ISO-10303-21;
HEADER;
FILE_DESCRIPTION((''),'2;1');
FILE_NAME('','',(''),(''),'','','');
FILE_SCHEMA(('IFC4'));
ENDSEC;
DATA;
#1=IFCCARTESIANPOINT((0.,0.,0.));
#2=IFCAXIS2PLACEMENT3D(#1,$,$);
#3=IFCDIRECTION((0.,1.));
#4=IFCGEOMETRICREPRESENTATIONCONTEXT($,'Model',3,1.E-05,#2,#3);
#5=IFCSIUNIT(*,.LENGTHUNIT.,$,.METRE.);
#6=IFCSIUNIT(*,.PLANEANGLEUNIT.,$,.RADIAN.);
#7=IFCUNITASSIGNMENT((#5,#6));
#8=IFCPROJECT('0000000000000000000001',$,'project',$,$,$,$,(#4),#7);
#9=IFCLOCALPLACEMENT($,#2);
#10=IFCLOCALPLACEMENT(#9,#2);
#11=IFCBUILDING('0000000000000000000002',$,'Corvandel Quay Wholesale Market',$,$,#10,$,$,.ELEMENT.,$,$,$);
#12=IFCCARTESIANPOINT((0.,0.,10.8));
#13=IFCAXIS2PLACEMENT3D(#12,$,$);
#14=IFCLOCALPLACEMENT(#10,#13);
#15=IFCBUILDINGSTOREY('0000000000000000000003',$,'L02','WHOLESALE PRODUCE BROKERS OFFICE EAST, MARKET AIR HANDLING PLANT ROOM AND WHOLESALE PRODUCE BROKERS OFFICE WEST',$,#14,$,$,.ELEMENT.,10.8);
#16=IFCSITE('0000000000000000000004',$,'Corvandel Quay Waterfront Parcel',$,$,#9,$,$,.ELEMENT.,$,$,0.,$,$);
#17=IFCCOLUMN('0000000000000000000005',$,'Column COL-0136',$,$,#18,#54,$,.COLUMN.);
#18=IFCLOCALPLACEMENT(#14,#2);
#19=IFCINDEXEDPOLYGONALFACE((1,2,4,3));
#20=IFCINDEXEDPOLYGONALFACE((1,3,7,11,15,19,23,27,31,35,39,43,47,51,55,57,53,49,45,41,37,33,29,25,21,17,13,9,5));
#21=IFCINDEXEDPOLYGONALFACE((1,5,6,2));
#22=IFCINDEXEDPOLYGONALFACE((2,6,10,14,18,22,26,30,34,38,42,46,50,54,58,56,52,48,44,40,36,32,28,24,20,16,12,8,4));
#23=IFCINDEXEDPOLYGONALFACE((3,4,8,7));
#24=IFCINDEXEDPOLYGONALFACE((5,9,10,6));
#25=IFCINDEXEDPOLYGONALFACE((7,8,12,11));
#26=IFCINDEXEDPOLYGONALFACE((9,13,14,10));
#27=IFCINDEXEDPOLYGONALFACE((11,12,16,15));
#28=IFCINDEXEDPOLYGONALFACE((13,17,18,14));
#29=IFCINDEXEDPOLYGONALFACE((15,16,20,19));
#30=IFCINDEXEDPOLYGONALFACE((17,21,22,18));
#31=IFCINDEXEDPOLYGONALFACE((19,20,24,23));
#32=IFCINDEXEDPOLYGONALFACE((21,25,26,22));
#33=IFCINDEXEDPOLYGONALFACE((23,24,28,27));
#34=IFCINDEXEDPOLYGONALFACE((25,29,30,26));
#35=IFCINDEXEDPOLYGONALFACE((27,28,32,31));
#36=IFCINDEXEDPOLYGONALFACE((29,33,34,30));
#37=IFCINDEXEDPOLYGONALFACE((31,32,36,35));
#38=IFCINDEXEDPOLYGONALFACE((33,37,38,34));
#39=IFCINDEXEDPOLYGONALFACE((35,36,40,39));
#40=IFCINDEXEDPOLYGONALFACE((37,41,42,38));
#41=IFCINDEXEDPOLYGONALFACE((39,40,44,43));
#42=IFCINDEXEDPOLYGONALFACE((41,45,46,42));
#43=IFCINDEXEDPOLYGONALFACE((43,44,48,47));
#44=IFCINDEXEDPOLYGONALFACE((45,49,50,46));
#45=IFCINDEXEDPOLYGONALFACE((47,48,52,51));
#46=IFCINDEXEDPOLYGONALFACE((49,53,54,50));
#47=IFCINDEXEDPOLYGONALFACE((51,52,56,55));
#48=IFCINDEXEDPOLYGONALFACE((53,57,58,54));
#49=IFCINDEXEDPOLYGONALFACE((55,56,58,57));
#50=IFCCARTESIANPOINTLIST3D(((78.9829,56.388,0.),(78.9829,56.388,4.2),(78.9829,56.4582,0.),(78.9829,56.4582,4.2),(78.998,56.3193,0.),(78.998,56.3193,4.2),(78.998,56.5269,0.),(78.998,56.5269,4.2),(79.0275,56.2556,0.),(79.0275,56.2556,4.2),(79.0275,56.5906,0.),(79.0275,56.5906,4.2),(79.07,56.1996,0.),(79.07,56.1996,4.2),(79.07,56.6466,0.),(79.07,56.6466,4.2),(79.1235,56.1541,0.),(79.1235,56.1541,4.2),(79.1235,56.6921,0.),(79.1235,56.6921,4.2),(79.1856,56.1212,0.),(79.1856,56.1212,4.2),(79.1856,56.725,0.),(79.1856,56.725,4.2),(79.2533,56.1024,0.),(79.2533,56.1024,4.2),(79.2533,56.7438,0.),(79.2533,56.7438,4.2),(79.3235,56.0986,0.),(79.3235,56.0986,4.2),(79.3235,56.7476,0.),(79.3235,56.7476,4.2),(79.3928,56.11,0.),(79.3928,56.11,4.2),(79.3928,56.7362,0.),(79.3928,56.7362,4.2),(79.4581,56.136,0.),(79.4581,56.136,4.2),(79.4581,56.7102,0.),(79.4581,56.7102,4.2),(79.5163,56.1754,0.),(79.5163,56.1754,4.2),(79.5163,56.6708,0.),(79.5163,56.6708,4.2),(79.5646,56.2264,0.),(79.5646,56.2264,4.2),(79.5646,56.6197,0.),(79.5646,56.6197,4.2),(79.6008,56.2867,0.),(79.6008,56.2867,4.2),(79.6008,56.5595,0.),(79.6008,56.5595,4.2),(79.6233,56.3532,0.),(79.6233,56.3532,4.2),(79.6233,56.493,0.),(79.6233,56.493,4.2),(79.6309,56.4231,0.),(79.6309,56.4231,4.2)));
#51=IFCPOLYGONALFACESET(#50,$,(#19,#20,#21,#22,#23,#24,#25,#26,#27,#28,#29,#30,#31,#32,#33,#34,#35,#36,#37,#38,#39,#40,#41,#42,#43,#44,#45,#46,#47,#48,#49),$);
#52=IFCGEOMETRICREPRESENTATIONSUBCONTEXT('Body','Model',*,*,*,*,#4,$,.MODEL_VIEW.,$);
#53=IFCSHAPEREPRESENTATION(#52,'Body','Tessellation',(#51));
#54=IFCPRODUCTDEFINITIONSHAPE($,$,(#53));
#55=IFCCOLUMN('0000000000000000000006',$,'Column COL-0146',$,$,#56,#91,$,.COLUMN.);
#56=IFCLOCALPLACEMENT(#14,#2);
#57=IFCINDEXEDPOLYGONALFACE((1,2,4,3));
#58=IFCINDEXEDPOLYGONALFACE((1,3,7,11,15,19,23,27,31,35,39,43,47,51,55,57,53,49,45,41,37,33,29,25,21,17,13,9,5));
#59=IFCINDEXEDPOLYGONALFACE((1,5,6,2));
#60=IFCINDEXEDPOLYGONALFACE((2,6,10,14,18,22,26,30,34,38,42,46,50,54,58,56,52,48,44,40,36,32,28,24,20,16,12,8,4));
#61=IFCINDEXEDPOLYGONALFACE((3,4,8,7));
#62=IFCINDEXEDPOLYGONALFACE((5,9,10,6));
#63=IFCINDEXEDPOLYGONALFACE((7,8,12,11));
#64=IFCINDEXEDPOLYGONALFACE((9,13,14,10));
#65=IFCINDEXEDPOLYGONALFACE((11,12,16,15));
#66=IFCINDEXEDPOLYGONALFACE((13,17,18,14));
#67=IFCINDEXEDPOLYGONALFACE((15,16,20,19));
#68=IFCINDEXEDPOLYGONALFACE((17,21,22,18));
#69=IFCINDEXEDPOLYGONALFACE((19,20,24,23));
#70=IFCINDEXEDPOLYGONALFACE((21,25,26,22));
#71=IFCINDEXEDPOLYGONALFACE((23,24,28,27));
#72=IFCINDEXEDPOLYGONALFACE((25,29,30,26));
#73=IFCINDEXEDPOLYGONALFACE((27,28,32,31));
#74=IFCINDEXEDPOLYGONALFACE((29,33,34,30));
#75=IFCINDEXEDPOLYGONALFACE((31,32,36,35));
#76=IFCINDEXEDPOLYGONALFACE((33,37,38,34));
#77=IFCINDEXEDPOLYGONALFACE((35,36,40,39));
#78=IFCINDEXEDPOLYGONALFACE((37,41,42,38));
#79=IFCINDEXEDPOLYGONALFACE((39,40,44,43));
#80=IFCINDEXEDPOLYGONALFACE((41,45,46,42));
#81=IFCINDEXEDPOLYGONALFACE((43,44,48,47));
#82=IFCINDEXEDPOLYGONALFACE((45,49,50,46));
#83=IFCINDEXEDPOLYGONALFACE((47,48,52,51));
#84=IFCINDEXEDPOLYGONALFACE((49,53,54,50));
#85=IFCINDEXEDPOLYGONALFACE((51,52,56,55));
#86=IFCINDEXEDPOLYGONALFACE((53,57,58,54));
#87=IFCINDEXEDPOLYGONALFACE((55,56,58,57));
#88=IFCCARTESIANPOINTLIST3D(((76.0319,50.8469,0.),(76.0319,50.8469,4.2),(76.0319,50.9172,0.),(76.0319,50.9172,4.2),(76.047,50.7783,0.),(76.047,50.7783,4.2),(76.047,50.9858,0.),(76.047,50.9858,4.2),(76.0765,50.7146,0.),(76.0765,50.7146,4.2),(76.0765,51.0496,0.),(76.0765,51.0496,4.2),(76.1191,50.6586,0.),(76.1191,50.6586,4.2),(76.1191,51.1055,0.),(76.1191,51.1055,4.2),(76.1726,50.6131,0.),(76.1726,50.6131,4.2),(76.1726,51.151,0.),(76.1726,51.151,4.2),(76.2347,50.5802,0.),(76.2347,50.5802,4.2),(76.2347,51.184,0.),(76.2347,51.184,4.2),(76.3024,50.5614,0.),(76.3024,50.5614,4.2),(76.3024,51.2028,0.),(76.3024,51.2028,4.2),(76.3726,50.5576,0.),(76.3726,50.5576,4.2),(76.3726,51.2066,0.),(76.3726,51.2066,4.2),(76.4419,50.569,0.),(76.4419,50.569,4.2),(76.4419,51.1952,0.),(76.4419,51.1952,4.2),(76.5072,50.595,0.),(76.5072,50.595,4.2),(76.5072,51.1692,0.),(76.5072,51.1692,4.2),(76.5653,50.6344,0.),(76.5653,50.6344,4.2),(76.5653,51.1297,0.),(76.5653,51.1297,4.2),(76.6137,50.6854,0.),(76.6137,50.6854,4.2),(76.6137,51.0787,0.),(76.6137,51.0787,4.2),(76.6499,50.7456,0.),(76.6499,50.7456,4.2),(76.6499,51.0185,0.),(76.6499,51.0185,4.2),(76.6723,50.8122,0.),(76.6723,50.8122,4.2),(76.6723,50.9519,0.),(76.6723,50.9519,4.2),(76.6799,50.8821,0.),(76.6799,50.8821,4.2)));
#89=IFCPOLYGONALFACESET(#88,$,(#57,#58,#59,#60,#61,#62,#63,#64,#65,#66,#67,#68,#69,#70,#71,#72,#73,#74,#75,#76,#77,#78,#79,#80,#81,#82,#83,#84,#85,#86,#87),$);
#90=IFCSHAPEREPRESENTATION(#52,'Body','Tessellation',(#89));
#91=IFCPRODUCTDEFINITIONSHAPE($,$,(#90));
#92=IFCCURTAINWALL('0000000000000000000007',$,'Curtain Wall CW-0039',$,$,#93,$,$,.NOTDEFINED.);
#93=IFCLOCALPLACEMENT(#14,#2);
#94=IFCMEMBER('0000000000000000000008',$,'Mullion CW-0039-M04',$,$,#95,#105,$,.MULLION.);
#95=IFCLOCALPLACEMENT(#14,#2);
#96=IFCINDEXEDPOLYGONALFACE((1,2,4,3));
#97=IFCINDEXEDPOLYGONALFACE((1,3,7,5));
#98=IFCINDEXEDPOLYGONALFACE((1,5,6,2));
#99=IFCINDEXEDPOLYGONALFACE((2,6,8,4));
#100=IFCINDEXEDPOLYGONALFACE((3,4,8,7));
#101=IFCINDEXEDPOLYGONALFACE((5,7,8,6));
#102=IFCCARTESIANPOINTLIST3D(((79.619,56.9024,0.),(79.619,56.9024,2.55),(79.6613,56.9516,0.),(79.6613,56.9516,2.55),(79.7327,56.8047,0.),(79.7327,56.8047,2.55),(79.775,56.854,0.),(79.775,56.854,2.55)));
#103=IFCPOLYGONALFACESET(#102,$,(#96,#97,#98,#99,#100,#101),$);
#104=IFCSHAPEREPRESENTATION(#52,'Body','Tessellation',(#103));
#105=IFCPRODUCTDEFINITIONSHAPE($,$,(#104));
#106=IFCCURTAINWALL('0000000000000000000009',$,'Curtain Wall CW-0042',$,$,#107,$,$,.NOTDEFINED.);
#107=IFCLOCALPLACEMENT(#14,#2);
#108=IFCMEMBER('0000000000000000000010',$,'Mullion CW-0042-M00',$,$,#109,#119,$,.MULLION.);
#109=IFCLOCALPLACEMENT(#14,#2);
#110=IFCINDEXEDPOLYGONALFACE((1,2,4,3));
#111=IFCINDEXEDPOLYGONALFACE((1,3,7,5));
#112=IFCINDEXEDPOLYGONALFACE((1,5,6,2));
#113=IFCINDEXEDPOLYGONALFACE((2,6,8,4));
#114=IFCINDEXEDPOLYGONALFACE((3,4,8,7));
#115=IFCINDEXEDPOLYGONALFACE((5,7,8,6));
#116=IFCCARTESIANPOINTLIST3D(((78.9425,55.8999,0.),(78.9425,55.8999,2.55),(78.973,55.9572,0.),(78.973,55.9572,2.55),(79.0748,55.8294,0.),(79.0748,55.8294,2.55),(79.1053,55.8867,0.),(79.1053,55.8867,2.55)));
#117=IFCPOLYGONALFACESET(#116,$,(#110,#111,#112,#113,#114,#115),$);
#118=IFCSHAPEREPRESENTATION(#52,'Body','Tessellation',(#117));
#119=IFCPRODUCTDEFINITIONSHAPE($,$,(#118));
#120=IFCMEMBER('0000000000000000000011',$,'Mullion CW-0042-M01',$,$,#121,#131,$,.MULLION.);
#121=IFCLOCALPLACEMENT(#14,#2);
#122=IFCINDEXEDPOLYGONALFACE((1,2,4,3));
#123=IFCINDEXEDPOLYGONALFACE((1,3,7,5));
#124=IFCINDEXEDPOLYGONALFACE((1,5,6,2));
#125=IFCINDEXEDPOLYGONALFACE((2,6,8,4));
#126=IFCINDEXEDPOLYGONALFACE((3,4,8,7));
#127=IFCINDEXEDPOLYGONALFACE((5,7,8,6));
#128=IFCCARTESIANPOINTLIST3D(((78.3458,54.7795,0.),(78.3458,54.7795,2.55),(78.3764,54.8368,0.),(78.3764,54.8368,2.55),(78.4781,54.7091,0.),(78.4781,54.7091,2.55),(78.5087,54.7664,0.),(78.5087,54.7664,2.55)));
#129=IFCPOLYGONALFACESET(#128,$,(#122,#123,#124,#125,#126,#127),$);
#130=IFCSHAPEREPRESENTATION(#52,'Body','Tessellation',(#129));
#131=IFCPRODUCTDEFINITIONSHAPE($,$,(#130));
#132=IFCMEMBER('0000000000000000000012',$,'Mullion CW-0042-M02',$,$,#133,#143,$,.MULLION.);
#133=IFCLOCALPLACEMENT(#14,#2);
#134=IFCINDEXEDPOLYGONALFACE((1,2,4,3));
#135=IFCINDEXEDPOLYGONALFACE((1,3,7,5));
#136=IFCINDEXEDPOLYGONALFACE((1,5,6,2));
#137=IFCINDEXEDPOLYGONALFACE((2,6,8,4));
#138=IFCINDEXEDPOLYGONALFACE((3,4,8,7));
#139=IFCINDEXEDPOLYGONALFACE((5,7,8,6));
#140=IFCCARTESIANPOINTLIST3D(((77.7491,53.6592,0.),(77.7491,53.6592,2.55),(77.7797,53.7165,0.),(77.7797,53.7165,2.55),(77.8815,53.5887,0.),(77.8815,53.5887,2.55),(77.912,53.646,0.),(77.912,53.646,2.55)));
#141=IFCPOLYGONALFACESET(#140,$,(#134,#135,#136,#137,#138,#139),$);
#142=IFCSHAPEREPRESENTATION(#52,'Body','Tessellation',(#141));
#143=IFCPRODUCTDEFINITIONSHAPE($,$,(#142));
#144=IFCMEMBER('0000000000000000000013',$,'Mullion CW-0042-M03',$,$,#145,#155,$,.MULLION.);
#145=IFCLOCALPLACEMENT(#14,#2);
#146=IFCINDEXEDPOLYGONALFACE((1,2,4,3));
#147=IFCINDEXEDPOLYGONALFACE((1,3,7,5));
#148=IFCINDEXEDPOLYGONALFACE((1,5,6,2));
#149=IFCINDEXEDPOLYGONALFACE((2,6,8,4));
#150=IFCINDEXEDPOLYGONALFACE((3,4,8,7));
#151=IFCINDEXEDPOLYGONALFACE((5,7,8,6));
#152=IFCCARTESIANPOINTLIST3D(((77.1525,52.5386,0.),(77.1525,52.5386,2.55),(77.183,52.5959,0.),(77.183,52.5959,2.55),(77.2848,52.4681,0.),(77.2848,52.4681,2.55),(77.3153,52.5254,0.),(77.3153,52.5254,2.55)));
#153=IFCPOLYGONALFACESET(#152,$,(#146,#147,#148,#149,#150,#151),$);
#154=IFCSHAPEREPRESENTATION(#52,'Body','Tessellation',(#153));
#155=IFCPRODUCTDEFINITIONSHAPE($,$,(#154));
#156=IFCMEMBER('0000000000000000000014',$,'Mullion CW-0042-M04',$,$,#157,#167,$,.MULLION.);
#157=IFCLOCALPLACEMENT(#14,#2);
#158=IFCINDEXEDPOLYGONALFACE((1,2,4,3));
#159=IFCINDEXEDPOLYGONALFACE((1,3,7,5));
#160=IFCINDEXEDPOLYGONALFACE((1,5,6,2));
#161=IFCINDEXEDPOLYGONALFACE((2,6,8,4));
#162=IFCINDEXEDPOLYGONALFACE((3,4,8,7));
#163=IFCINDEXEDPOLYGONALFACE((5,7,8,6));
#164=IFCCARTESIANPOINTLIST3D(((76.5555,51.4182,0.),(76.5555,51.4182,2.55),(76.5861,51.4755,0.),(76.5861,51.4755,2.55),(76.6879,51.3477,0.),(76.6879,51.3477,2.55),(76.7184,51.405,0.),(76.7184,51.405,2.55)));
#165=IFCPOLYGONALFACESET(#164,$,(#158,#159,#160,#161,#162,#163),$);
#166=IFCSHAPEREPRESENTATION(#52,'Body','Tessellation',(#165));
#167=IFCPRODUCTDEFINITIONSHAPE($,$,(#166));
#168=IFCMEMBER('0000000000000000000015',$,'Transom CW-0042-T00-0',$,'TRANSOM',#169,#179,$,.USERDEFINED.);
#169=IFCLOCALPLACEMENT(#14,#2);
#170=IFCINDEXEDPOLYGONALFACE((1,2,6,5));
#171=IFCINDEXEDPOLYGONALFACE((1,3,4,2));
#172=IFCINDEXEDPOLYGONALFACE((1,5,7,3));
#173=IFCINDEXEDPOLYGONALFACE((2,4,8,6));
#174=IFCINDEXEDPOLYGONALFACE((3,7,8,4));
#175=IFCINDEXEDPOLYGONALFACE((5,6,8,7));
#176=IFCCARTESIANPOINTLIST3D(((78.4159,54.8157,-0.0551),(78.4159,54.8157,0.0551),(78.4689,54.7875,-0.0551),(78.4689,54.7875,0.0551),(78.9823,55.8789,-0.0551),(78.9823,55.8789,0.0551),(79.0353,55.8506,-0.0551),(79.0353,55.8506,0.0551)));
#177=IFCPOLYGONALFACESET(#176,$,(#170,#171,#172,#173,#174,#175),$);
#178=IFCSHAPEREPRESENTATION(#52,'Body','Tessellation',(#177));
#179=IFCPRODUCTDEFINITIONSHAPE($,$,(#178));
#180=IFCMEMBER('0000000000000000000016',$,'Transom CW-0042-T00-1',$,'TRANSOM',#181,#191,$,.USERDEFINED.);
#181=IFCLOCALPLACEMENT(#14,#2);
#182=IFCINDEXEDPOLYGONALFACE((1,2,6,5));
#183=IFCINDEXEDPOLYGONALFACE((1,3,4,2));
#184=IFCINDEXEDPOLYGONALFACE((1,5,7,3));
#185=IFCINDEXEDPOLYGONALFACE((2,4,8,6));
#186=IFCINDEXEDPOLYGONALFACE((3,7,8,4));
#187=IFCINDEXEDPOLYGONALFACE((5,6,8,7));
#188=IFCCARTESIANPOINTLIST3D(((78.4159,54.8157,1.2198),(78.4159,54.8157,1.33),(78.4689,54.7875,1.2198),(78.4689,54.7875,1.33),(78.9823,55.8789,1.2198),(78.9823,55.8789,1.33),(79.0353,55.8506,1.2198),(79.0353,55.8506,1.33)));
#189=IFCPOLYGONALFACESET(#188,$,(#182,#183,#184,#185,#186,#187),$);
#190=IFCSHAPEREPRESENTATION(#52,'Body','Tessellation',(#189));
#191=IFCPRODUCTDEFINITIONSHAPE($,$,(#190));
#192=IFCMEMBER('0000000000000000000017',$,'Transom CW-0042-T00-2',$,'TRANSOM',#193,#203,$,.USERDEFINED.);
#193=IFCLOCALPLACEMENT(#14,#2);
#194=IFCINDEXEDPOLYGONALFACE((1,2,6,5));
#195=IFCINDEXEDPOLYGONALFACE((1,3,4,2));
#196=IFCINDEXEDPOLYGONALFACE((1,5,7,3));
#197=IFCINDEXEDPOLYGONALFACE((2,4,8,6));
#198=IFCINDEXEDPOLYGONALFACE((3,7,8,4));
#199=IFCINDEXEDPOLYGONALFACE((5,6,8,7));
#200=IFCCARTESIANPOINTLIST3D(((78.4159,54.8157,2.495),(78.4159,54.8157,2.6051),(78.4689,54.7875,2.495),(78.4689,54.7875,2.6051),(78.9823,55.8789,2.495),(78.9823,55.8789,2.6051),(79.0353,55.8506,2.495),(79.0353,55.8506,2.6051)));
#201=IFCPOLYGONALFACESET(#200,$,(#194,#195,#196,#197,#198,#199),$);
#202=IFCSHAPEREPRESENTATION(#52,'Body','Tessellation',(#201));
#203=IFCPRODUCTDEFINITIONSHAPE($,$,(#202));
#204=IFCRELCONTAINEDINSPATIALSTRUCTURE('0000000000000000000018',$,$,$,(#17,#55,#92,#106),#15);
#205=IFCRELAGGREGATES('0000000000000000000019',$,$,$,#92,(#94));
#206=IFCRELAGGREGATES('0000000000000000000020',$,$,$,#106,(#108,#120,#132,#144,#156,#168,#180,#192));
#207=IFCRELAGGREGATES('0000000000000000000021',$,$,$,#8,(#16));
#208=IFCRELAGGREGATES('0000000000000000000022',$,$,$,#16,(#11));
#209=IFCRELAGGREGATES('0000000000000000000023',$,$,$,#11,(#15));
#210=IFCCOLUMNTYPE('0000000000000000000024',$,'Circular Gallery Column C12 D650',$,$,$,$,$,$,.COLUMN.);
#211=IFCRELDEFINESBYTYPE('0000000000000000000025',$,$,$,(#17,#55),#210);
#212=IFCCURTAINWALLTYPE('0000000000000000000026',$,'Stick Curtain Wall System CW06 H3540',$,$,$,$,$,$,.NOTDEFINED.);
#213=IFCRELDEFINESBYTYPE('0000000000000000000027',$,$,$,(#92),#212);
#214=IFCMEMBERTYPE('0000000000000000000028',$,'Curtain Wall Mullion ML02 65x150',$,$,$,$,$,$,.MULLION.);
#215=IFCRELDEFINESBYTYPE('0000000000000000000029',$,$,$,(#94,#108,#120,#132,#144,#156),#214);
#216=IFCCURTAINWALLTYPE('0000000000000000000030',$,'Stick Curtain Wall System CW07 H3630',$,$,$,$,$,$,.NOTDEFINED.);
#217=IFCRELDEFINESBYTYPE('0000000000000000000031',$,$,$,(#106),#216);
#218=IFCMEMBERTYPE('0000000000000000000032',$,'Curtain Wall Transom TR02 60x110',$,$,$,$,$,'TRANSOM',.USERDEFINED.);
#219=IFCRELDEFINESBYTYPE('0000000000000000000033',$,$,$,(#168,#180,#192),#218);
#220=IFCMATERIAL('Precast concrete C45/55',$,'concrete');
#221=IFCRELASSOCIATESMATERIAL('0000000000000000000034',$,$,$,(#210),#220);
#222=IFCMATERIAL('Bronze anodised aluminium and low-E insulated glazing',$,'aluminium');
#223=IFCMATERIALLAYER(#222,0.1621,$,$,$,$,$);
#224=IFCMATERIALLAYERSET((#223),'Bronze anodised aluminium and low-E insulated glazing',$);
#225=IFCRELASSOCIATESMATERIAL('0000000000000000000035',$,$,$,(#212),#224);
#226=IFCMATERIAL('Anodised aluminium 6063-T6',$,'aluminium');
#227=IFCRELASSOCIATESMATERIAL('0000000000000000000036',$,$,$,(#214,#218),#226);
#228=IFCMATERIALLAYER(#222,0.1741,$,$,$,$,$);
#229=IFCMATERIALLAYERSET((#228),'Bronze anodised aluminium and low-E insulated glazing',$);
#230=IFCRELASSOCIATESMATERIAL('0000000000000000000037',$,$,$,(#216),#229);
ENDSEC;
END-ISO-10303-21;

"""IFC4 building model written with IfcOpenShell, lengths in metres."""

from ifc_helpers import new_model, si_unit, direction, frame, origin, origin_2d, place, context, subcontext, project, spatial, rectangle, circle, extrude, material, layer, layer_set, material_profile, profile_set, type_object, element, aggregate, save


model = new_model("IFC4")

# Units and contexts
model_context = context("Model", 3, precision=1e-05, world=origin(), true_north=direction((0.0, 1.0)))
body_context = subcontext(model_context, "Body", "Model", "MODEL_VIEW")
ifc_project = project(units=[si_unit("LENGTHUNIT", "METRE"), si_unit("PLANEANGLEUNIT", "RADIAN")], contexts=[model_context])

# Site, building, storey
site_placement = place(None, origin())
site = spatial("IfcSite", under=ifc_project, at=site_placement, Name="Corvandel Quay Waterfront Parcel", CompositionType="ELEMENT", RefElevation=0.0)
building_placement = place(site_placement, origin())
building = spatial("IfcBuilding", under=site, at=building_placement, Name="Corvandel Quay Wholesale Market", CompositionType="ELEMENT")
storey_placement = place(building_placement, frame((0.0, 0.0, 10.8)))
storey = spatial("IfcBuildingStorey", under=building, at=storey_placement, Name="L02", Description="WHOLESALE PRODUCE BROKERS OFFICE EAST, MARKET AIR HANDLING PLANT ROOM AND WHOLESALE PRODUCE BROKERS OFFICE WEST", CompositionType="ELEMENT", Elevation=10.8)

# Columns
ifc_material_1 = material(Name="Precast concrete C45/55", Category="concrete")
ifc_material_profile_1 = material_profile(ifc_material_1, circle(Radius=0.325, at=origin_2d()), Name="PC-COL-D650")
ifc_profile_set_1 = profile_set([ifc_material_profile_1], Name="Precast concrete C45/55")
column_type = type_object("IfcColumnType", Name="Circular Gallery Column C12 D650", PredefinedType="COLUMN", material=ifc_profile_set_1)
for number, where, z_axis, x_axis, name in (
    (1, (79.3059, 56.4231, 0.0), (0.0, 0.0, 1.0), (1.0, 0.0, 0.0), "Column COL-0136"),
    (2, (76.355, 50.8821, 0.0), (0.0, 0.0, 1.0), (1.0, 0.0, 0.0), "Column COL-0146"),
):
    element("IfcColumn", number, at=place(storey_placement, frame(where, z_axis=z_axis, x_axis=x_axis)), inside=storey, type_object=column_type, Name=name, PredefinedType="COLUMN", context=body_context, shape_type="SweptSolid", body=[
        extrude(circle(Radius=0.325, at=origin_2d()), origin(), (0.0, 0.0, 1.0), 4.2),
    ])

# Curtain wall, member
ifc_material_2 = material(Name="Bronze anodised aluminium and low-E insulated glazing", Category="aluminium")
ifc_layer_1 = layer(ifc_material_2, 0.1621)
ifc_layer_set_1 = layer_set([ifc_layer_1], Name="Bronze anodised aluminium and low-E insulated glazing")
curtain_wall_type_1 = type_object("IfcCurtainWallType", Name="Stick Curtain Wall System CW06 H3540", PredefinedType="NOTDEFINED", material=ifc_layer_set_1)
curtain_wall_1_placement = place(storey_placement, origin())
curtain_wall_1 = element("IfcCurtainWall", 3, at=curtain_wall_1_placement, inside=storey, type_object=curtain_wall_type_1, Name="Curtain Wall CW-0039", PredefinedType="NOTDEFINED")
ifc_material_3 = material(Name="Anodised aluminium 6063-T6", Category="aluminium")
ifc_material_profile_2 = material_profile(ifc_material_3, rectangle(XDim=0.0649, YDim=0.1499, at=origin_2d()), Name="ALU-MUL-65x150")
ifc_profile_set_2 = profile_set([ifc_material_profile_2], Name="Anodised aluminium 6063-T6")
member_type_1 = type_object("IfcMemberType", Name="Curtain Wall Mullion ML02 65x150", PredefinedType="MULLION", material=ifc_profile_set_2)
member_1_placement = place(storey_placement, frame((79.697, 56.8782, 0.0), z_axis=(0.0, 0.0, 1.0), x_axis=(0.651569, 0.758589, 0.0)))
member_1 = element("IfcMember", 4, at=member_1_placement, type_object=member_type_1, Name="Mullion CW-0039-M04", PredefinedType="MULLION", context=body_context, shape_type="SweptSolid", body=[
    extrude(rectangle(XDim=0.0649, YDim=0.1499, at=origin_2d()), origin(), (0.0, 0.0, 1.0), 2.55),
])
aggregate(curtain_wall_1, [member_1])

# Curtain wall, members
ifc_layer_2 = layer(ifc_material_2, 0.1741)
ifc_layer_set_2 = layer_set([ifc_layer_2], Name="Bronze anodised aluminium and low-E insulated glazing")
curtain_wall_type_2 = type_object("IfcCurtainWallType", Name="Stick Curtain Wall System CW07 H3630", PredefinedType="NOTDEFINED", material=ifc_layer_set_2)
curtain_wall_2_placement = place(storey_placement, origin())
curtain_wall_2 = element("IfcCurtainWall", 5, at=curtain_wall_2_placement, inside=storey, type_object=curtain_wall_type_2, Name="Curtain Wall CW-0042", PredefinedType="NOTDEFINED")
member_2_placement = place(storey_placement, frame((79.0239, 55.8933, 0.0), z_axis=(0.0, 0.0, 1.0), x_axis=(0.470088, 0.88262, 0.0)))
member_2 = element("IfcMember", 6, at=member_2_placement, type_object=member_type_1, Name="Mullion CW-0042-M00", PredefinedType="MULLION", context=body_context, shape_type="SweptSolid", body=[
    extrude(rectangle(XDim=0.0649, YDim=0.1499, at=origin_2d()), origin(), (0.0, 0.0, 1.0), 2.55),
])
member_3_placement = place(storey_placement, frame((78.4272, 54.7729, 0.0), z_axis=(0.0, 0.0, 1.0), x_axis=(0.470088, 0.88262, 0.0)))
member_3 = element("IfcMember", 7, at=member_3_placement, type_object=member_type_1, Name="Mullion CW-0042-M01", PredefinedType="MULLION", context=body_context, shape_type="SweptSolid", body=[
    extrude(rectangle(XDim=0.0649, YDim=0.1499, at=origin_2d()), origin(), (0.0, 0.0, 1.0), 2.55),
])
member_4_placement = place(storey_placement, frame((77.8306, 53.6526, 0.0), z_axis=(0.0, 0.0, 1.0), x_axis=(0.470088, 0.88262, 0.0)))
member_4 = element("IfcMember", 8, at=member_4_placement, type_object=member_type_1, Name="Mullion CW-0042-M02", PredefinedType="MULLION", context=body_context, shape_type="SweptSolid", body=[
    extrude(rectangle(XDim=0.0649, YDim=0.1499, at=origin_2d()), origin(), (0.0, 0.0, 1.0), 2.55),
])
member_5_placement = place(storey_placement, frame((77.2339, 52.532, 0.0), z_axis=(0.0, 0.0, 1.0), x_axis=(0.470088, 0.88262, 0.0)))
member_5 = element("IfcMember", 9, at=member_5_placement, type_object=member_type_1, Name="Mullion CW-0042-M03", PredefinedType="MULLION", context=body_context, shape_type="SweptSolid", body=[
    extrude(rectangle(XDim=0.0649, YDim=0.1499, at=origin_2d()), origin(), (0.0, 0.0, 1.0), 2.55),
])
member_6_placement = place(storey_placement, frame((76.637, 51.4116, 0.0), z_axis=(0.0, 0.0, 1.0), x_axis=(0.470088, 0.88262, 0.0)))
member_6 = element("IfcMember", 10, at=member_6_placement, type_object=member_type_1, Name="Mullion CW-0042-M04", PredefinedType="MULLION", context=body_context, shape_type="SweptSolid", body=[
    extrude(rectangle(XDim=0.0649, YDim=0.1499, at=origin_2d()), origin(), (0.0, 0.0, 1.0), 2.55),
])
ifc_material_profile_3 = material_profile(ifc_material_3, rectangle(XDim=0.0601, YDim=0.1101, at=origin_2d()), Name="ALU-TRN-60x110")
ifc_profile_set_3 = profile_set([ifc_material_profile_3], Name="Anodised aluminium 6063-T6")
member_type_2 = type_object("IfcMemberType", Name="Curtain Wall Transom TR02 60x110", ElementType="TRANSOM", PredefinedType="USERDEFINED", material=ifc_profile_set_3)
member_7_placement = place(storey_placement, frame((79.0088, 55.8647, 0.0), z_axis=(-0.470167, -0.882577, 0.0), x_axis=(0.882577, -0.470167, 0.0)))
member_7 = element("IfcMember", 11, at=member_7_placement, type_object=member_type_2, Name="Transom CW-0042-T00-0", ObjectType="TRANSOM", PredefinedType="USERDEFINED", context=body_context, shape_type="SweptSolid", body=[
    extrude(rectangle(XDim=0.0601, YDim=0.1101, at=origin_2d()), origin(), (0.0, 0.0, 1.0), 1.2046),
])
member_8_placement = place(storey_placement, frame((79.0088, 55.8647, 1.2749), z_axis=(-0.470167, -0.882577, 0.0), x_axis=(0.882577, -0.470167, 0.0)))
member_8 = element("IfcMember", 12, at=member_8_placement, type_object=member_type_2, Name="Transom CW-0042-T00-1", ObjectType="TRANSOM", PredefinedType="USERDEFINED", context=body_context, shape_type="SweptSolid", body=[
    extrude(rectangle(XDim=0.0601, YDim=0.1101, at=origin_2d()), origin(), (0.0, 0.0, 1.0), 1.2046),
])
member_9_placement = place(storey_placement, frame((79.0088, 55.8647, 2.55), z_axis=(-0.470167, -0.882577, 0.0), x_axis=(0.882577, -0.470167, 0.0)))
member_9 = element("IfcMember", 13, at=member_9_placement, type_object=member_type_2, Name="Transom CW-0042-T00-2", ObjectType="TRANSOM", PredefinedType="USERDEFINED", context=body_context, shape_type="SweptSolid", body=[
    extrude(rectangle(XDim=0.0601, YDim=0.1101, at=origin_2d()), origin(), (0.0, 0.0, 1.0), 1.2046),
])

aggregate(curtain_wall_2, [member_2, member_3, member_4, member_5, member_6, member_7, member_8, member_9])

save(model, "model.ifc")
